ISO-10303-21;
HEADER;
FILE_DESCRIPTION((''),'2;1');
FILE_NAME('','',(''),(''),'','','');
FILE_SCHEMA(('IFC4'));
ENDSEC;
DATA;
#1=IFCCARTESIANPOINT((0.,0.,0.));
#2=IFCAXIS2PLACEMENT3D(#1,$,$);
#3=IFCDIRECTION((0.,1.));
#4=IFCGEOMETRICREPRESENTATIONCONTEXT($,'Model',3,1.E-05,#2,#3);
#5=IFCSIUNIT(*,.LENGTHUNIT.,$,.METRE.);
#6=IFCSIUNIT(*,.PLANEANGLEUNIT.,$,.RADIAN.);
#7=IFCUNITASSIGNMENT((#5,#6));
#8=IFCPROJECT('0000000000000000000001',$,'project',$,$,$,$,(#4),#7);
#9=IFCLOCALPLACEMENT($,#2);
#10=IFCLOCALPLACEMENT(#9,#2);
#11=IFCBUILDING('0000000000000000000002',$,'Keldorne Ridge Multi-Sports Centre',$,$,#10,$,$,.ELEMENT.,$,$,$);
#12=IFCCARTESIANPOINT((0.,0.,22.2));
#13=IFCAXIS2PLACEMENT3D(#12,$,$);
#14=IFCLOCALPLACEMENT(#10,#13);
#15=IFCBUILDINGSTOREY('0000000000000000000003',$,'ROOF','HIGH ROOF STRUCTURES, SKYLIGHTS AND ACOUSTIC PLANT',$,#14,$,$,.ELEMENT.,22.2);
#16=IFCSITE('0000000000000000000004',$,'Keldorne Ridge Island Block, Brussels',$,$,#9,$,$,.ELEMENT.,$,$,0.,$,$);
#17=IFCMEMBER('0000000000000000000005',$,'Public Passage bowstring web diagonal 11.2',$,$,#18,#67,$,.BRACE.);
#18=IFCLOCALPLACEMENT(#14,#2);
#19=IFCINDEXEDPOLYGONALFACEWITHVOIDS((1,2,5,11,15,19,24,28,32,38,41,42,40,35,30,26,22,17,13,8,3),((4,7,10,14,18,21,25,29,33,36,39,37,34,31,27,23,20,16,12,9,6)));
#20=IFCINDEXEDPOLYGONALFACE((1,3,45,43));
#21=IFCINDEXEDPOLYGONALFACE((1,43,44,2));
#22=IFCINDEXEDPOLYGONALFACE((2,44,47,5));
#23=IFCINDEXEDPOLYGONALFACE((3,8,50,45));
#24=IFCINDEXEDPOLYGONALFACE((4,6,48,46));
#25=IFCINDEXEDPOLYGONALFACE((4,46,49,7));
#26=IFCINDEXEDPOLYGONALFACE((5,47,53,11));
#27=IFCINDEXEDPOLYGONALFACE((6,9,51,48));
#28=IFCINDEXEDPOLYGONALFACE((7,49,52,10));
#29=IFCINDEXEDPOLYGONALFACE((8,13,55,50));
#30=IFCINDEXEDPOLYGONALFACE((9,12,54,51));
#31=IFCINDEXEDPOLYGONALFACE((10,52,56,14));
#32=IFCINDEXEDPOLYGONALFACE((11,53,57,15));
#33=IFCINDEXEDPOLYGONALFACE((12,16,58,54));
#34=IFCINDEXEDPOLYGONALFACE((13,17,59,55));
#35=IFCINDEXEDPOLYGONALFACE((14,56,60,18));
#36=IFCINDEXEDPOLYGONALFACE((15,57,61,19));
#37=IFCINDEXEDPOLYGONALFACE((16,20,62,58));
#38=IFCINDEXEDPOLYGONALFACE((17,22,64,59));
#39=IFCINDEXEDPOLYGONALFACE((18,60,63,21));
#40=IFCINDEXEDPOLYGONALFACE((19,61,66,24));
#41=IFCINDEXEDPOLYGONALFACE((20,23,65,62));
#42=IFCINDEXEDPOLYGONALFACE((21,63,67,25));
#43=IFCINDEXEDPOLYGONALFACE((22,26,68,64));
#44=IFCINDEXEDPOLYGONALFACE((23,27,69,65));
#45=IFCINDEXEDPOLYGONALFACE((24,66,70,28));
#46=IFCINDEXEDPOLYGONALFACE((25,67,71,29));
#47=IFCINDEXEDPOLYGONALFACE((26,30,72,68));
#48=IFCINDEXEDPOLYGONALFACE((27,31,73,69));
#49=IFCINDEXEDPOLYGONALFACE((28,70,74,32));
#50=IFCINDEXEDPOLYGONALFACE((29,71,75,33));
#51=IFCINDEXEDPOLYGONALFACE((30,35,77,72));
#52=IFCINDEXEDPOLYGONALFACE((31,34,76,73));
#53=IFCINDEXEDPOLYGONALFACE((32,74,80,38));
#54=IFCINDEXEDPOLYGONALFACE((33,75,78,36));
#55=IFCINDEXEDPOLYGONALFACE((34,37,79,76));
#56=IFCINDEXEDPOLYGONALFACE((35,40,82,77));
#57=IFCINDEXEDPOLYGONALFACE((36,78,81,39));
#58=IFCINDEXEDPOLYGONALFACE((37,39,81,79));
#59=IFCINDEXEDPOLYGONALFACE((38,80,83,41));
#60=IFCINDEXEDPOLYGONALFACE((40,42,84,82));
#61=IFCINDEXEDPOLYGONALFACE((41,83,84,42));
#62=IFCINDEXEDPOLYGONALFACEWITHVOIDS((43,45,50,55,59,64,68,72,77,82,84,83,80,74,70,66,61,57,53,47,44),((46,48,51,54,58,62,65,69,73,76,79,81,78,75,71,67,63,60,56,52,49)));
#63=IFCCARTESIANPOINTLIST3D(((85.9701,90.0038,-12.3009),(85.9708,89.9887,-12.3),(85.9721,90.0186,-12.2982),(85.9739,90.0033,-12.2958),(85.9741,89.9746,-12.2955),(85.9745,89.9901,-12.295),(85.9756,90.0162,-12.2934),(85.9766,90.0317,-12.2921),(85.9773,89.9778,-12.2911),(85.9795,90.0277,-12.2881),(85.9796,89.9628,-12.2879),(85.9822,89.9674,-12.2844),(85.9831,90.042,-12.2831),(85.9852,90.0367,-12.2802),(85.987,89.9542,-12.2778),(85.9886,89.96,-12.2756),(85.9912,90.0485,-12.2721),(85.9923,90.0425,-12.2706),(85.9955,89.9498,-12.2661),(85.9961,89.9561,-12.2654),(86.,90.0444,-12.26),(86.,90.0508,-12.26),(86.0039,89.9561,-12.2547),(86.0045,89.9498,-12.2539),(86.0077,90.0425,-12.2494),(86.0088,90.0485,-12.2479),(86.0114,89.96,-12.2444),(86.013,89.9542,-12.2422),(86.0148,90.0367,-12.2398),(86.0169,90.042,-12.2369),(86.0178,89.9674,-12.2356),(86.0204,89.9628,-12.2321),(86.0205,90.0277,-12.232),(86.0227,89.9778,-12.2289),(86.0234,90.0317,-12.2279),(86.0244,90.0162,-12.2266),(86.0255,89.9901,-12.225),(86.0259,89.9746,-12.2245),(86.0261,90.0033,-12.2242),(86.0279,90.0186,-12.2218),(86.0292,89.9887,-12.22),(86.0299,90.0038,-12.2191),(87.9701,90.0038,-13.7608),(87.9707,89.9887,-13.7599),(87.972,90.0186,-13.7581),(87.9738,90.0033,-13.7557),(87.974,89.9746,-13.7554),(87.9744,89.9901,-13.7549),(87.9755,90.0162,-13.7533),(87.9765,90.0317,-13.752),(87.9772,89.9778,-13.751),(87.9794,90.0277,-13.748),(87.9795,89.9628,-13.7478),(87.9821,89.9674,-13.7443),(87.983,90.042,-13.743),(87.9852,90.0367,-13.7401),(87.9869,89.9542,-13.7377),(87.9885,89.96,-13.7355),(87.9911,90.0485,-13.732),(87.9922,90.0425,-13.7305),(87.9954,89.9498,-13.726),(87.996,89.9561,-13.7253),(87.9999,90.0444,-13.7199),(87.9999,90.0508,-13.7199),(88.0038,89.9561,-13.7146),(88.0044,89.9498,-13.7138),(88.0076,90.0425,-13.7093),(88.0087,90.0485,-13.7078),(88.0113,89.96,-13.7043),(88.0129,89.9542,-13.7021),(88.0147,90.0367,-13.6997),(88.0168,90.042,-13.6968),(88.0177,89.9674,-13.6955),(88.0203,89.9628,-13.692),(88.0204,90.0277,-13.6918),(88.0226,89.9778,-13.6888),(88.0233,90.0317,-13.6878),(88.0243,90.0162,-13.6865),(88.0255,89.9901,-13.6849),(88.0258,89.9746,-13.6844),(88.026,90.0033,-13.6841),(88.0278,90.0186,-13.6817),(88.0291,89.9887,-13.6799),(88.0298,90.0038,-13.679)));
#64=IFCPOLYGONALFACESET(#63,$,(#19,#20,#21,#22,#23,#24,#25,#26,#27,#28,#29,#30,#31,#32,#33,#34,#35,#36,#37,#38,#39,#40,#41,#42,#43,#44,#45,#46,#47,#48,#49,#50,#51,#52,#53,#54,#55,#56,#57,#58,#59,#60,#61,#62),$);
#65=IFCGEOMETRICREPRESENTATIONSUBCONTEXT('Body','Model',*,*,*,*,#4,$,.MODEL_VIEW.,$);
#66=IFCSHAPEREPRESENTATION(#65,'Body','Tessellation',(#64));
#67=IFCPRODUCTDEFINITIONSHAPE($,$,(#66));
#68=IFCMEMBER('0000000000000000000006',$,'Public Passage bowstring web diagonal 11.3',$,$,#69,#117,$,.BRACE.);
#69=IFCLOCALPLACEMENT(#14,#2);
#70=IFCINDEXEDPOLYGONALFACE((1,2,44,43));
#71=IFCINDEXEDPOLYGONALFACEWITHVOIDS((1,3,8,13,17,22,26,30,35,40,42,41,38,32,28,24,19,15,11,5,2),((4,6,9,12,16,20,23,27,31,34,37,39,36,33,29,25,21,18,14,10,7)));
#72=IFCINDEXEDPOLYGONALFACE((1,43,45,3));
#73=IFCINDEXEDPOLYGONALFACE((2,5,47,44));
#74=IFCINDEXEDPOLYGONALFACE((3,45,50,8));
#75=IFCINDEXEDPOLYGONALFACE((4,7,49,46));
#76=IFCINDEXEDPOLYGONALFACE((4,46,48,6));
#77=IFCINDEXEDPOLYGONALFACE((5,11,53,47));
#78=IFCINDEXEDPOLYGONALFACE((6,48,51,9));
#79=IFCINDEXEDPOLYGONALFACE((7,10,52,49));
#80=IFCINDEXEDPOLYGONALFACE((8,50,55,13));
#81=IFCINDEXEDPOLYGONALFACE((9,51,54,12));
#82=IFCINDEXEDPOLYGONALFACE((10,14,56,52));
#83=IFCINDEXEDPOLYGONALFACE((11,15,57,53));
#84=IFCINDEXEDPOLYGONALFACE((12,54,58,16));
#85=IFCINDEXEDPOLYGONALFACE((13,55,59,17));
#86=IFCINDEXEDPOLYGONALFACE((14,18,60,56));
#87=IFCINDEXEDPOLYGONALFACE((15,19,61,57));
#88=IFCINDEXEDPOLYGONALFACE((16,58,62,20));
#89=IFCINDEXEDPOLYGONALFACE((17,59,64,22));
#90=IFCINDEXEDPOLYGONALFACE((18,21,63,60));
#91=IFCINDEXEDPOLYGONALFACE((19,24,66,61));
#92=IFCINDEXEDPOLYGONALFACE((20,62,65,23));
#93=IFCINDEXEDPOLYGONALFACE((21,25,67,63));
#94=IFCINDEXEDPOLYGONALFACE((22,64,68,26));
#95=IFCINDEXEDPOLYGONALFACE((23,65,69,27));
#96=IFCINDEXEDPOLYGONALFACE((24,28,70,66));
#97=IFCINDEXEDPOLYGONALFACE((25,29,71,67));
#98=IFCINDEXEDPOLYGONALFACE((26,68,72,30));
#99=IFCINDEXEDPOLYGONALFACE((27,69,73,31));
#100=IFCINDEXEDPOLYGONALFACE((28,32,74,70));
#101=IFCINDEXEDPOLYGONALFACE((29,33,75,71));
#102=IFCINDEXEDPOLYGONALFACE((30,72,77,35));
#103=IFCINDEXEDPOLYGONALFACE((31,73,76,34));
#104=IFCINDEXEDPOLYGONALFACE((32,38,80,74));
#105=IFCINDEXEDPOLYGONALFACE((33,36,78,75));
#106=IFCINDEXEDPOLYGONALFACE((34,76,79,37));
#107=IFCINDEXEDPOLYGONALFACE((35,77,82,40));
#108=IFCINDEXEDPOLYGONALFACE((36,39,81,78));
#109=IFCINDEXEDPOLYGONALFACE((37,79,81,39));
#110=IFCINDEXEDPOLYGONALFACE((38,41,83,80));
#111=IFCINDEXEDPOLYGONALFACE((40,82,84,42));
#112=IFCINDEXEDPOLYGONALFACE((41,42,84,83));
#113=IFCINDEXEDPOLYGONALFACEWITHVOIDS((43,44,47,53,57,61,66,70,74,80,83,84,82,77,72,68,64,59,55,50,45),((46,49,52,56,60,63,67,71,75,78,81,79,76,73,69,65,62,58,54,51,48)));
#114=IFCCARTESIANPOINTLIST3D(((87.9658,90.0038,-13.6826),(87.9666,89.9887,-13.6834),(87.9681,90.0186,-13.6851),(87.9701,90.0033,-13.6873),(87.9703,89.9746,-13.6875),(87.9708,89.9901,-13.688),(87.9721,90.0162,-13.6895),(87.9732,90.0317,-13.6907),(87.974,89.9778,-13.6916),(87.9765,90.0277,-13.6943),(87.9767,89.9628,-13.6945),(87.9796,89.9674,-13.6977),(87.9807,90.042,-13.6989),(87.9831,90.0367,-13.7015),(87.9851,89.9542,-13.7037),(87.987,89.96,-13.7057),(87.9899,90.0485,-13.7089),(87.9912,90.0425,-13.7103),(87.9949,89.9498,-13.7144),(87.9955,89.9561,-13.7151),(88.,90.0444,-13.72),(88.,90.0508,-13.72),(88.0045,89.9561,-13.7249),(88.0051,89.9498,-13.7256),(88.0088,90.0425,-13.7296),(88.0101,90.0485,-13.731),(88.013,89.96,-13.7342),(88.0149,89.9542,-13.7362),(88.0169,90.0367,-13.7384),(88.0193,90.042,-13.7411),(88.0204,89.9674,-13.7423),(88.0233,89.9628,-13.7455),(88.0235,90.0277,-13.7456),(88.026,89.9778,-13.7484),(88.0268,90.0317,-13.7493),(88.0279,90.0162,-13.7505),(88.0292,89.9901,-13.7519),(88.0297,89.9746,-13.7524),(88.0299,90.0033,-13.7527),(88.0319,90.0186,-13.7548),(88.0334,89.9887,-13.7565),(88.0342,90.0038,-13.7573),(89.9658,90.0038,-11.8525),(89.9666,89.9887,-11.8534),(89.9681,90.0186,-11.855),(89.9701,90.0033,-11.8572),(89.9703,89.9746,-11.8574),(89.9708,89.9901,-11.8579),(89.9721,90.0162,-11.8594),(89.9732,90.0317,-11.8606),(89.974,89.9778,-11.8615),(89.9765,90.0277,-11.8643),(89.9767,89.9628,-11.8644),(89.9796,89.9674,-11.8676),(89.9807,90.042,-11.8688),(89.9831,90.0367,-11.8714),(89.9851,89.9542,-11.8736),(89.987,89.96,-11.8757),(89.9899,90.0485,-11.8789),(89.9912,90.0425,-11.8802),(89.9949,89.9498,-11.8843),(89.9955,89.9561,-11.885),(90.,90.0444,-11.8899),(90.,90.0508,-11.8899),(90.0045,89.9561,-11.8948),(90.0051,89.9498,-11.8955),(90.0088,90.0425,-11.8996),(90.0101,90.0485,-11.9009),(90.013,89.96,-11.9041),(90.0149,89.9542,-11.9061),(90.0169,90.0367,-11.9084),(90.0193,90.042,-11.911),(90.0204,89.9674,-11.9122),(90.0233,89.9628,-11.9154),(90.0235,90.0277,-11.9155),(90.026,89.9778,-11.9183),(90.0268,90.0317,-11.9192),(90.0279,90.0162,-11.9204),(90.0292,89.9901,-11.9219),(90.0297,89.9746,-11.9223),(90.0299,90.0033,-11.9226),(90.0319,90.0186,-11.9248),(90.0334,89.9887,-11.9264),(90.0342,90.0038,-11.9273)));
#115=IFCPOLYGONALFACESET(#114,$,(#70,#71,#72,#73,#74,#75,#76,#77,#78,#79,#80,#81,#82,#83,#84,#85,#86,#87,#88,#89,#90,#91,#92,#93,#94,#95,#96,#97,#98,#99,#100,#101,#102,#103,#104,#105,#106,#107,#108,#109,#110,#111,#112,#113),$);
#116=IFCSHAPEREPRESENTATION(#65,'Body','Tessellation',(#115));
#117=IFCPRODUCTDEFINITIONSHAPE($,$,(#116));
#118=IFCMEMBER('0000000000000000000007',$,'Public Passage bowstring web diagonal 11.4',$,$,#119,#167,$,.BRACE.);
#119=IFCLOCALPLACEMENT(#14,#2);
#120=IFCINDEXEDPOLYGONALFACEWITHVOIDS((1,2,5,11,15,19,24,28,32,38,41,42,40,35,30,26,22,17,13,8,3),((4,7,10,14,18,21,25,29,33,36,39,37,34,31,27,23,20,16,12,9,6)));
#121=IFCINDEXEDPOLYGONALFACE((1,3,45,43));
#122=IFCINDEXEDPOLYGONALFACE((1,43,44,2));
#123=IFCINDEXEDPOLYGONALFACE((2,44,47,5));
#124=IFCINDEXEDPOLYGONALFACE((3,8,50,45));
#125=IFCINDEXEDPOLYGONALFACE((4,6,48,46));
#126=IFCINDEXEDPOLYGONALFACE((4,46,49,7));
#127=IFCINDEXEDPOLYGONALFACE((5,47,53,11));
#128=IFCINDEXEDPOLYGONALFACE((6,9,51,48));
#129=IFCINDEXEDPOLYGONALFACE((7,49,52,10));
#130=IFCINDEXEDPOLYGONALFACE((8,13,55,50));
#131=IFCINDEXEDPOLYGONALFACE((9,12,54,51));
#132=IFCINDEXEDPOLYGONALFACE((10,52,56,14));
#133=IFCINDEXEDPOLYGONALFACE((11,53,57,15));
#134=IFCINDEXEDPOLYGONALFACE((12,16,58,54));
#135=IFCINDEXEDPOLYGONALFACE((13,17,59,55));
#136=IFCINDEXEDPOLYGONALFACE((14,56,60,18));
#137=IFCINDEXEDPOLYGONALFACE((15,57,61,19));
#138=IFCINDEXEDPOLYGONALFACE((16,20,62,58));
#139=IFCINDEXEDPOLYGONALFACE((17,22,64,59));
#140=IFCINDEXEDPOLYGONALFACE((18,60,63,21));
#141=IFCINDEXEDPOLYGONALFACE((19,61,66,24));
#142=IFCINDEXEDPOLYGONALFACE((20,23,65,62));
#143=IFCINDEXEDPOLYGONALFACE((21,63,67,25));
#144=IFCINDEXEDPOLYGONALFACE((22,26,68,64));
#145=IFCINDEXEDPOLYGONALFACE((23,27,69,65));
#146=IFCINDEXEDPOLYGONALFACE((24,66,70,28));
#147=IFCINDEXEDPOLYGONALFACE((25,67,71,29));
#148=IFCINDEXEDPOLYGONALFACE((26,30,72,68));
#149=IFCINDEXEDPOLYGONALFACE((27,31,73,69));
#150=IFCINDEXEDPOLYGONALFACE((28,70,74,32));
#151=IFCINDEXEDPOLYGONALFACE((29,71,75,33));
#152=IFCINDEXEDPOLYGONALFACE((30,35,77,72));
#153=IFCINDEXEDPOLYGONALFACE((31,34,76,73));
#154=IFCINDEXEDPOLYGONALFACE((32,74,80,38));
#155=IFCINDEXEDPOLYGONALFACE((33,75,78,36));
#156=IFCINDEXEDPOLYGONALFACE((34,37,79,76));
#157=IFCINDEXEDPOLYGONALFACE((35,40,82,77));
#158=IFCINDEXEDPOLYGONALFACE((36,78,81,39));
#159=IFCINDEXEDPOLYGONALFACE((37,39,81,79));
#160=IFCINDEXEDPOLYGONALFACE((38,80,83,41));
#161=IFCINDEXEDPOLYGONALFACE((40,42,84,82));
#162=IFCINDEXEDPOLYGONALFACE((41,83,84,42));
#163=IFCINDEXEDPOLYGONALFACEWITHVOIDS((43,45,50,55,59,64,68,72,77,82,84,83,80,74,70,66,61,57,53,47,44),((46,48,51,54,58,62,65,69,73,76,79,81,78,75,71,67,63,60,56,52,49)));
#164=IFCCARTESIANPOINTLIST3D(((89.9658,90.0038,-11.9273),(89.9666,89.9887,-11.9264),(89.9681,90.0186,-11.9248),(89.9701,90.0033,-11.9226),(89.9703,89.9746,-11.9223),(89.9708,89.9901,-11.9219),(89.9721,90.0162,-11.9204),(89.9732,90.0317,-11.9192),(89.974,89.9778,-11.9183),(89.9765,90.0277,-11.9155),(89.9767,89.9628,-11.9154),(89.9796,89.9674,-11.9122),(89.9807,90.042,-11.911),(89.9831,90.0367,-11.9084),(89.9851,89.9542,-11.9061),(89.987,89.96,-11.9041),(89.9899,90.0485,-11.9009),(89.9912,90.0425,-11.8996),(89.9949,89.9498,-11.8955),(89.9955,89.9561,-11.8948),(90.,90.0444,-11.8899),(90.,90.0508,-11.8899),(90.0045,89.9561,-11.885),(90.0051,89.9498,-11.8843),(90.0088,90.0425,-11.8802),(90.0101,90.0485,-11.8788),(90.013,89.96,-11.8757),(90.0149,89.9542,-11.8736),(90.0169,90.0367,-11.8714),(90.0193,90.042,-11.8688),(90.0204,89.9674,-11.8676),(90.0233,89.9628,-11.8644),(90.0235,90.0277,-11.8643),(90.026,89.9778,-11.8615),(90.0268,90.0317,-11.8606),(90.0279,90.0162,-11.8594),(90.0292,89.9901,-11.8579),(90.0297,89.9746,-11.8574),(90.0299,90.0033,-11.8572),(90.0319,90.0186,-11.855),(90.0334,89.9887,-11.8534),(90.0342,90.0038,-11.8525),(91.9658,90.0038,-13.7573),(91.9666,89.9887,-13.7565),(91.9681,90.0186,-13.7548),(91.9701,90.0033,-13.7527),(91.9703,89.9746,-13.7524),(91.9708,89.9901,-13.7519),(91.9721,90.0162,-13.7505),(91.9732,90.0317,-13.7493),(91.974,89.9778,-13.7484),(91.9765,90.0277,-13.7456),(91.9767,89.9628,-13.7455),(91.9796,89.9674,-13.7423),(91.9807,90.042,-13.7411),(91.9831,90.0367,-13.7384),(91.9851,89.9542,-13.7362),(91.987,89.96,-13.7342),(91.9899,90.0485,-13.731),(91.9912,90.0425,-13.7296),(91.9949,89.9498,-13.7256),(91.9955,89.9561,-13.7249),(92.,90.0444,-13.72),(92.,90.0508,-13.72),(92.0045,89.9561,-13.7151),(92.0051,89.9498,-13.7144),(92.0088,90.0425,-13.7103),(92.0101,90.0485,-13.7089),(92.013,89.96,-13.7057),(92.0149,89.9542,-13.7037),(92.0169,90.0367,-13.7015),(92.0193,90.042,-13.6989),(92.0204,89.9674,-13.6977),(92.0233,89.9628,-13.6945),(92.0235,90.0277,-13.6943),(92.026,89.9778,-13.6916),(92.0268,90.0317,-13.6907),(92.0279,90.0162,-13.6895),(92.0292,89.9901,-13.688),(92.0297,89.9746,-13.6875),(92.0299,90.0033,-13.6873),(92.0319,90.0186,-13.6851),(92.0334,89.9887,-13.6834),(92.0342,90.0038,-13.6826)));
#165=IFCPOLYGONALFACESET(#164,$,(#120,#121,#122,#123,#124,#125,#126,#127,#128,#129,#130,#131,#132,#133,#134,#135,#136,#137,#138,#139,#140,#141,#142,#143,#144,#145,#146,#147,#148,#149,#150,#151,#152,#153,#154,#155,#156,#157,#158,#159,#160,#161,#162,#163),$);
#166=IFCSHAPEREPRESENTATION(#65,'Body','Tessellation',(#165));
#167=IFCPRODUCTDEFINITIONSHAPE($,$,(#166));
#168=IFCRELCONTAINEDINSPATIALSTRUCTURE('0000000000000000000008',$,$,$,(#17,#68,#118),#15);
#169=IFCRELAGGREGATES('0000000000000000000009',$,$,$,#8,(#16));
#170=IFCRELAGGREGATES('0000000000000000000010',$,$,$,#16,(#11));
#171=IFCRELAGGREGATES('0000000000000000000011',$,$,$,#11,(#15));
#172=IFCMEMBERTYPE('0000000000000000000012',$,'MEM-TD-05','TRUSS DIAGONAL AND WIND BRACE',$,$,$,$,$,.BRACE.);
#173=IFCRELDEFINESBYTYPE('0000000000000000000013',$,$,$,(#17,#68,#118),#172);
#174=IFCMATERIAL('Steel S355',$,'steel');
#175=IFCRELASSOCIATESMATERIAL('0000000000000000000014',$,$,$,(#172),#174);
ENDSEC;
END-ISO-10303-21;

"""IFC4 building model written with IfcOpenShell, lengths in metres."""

from ifc_helpers import new_model, si_unit, direction, frame, origin, origin_2d, place, context, subcontext, project, spatial, hollow_circle, extrude, material, material_profile, profile_set, type_object, element, save


model = new_model("IFC4")

# Units and contexts
model_context = context("Model", 3, precision=1e-05, world=origin(), true_north=direction((0.0, 1.0)))
body_context = subcontext(model_context, "Body", "Model", "MODEL_VIEW")
ifc_project = project(units=[si_unit("LENGTHUNIT", "METRE"), si_unit("PLANEANGLEUNIT", "RADIAN")], contexts=[model_context])

# Site, building, storey
site_placement = place(None, origin())
site = spatial("IfcSite", under=ifc_project, at=site_placement, Name="Keldorne Ridge Island Block, Brussels", CompositionType="ELEMENT", RefElevation=0.0)
building_placement = place(site_placement, origin())
building = spatial("IfcBuilding", under=site, at=building_placement, Name="Keldorne Ridge Multi-Sports Centre", CompositionType="ELEMENT")
storey_placement = place(building_placement, frame((0.0, 0.0, 22.2)))
storey = spatial("IfcBuildingStorey", under=building, at=storey_placement, Name="ROOF", Description="HIGH ROOF STRUCTURES, SKYLIGHTS AND ACOUSTIC PLANT", CompositionType="ELEMENT", Elevation=22.2)

# Members
ifc_material = material(Name="Steel S355", Category="steel")
ifc_material_profile_1 = material_profile(ifc_material, hollow_circle(Radius=0.0508, WallThickness=0.0063, at=origin_2d()), Name="CHS 101.6x6.3")
ifc_profile_set_1 = profile_set([ifc_material_profile_1], Name="Steel S355")
member_type_1 = type_object("IfcMemberType", Name="MEM-TD-05", Description="TRUSS DIAGONAL AND WIND BRACE", PredefinedType="BRACE", material=ifc_profile_set_1)
for number, where, z_axis, x_axis, name in (
    (1, (86.0, 90.0, -12.26), (0.807695, 0.0, -0.589601), (0.0, 1.0, 0.0), "Public Passage bowstring web diagonal 11.2"),
):
    element("IfcMember", number, at=place(storey_placement, frame(where, z_axis=z_axis, x_axis=x_axis)), inside=storey, type_object=member_type_1, Name=name, PredefinedType="BRACE", context=body_context, shape_type="SweptSolid", body=[
        extrude(hollow_circle(Radius=0.0508, WallThickness=0.0063, at=origin_2d()), origin(), (0.0, 0.0, 1.0), 2.4761),
    ])
for number, where, z_axis, x_axis, name in (
    (2, (88.0, 90.0, -13.72), (0.737752, 0.0, 0.675072), (0.0, 1.0, 0.0), "Public Passage bowstring web diagonal 11.3"),
    (3, (90.0, 90.0, -11.8899), (0.737752, 0.0, -0.675072), (0.0, 1.0, 0.0), "Public Passage bowstring web diagonal 11.4"),
):
    element("IfcMember", number, at=place(storey_placement, frame(where, z_axis=z_axis, x_axis=x_axis)), inside=storey, type_object=member_type_1, Name=name, PredefinedType="BRACE", context=body_context, shape_type="SweptSolid", body=[
        extrude(hollow_circle(Radius=0.0508, WallThickness=0.0063, at=origin_2d()), origin(), (0.0, 0.0, 1.0), 2.7109),
    ])

save(model, "model.ifc")
